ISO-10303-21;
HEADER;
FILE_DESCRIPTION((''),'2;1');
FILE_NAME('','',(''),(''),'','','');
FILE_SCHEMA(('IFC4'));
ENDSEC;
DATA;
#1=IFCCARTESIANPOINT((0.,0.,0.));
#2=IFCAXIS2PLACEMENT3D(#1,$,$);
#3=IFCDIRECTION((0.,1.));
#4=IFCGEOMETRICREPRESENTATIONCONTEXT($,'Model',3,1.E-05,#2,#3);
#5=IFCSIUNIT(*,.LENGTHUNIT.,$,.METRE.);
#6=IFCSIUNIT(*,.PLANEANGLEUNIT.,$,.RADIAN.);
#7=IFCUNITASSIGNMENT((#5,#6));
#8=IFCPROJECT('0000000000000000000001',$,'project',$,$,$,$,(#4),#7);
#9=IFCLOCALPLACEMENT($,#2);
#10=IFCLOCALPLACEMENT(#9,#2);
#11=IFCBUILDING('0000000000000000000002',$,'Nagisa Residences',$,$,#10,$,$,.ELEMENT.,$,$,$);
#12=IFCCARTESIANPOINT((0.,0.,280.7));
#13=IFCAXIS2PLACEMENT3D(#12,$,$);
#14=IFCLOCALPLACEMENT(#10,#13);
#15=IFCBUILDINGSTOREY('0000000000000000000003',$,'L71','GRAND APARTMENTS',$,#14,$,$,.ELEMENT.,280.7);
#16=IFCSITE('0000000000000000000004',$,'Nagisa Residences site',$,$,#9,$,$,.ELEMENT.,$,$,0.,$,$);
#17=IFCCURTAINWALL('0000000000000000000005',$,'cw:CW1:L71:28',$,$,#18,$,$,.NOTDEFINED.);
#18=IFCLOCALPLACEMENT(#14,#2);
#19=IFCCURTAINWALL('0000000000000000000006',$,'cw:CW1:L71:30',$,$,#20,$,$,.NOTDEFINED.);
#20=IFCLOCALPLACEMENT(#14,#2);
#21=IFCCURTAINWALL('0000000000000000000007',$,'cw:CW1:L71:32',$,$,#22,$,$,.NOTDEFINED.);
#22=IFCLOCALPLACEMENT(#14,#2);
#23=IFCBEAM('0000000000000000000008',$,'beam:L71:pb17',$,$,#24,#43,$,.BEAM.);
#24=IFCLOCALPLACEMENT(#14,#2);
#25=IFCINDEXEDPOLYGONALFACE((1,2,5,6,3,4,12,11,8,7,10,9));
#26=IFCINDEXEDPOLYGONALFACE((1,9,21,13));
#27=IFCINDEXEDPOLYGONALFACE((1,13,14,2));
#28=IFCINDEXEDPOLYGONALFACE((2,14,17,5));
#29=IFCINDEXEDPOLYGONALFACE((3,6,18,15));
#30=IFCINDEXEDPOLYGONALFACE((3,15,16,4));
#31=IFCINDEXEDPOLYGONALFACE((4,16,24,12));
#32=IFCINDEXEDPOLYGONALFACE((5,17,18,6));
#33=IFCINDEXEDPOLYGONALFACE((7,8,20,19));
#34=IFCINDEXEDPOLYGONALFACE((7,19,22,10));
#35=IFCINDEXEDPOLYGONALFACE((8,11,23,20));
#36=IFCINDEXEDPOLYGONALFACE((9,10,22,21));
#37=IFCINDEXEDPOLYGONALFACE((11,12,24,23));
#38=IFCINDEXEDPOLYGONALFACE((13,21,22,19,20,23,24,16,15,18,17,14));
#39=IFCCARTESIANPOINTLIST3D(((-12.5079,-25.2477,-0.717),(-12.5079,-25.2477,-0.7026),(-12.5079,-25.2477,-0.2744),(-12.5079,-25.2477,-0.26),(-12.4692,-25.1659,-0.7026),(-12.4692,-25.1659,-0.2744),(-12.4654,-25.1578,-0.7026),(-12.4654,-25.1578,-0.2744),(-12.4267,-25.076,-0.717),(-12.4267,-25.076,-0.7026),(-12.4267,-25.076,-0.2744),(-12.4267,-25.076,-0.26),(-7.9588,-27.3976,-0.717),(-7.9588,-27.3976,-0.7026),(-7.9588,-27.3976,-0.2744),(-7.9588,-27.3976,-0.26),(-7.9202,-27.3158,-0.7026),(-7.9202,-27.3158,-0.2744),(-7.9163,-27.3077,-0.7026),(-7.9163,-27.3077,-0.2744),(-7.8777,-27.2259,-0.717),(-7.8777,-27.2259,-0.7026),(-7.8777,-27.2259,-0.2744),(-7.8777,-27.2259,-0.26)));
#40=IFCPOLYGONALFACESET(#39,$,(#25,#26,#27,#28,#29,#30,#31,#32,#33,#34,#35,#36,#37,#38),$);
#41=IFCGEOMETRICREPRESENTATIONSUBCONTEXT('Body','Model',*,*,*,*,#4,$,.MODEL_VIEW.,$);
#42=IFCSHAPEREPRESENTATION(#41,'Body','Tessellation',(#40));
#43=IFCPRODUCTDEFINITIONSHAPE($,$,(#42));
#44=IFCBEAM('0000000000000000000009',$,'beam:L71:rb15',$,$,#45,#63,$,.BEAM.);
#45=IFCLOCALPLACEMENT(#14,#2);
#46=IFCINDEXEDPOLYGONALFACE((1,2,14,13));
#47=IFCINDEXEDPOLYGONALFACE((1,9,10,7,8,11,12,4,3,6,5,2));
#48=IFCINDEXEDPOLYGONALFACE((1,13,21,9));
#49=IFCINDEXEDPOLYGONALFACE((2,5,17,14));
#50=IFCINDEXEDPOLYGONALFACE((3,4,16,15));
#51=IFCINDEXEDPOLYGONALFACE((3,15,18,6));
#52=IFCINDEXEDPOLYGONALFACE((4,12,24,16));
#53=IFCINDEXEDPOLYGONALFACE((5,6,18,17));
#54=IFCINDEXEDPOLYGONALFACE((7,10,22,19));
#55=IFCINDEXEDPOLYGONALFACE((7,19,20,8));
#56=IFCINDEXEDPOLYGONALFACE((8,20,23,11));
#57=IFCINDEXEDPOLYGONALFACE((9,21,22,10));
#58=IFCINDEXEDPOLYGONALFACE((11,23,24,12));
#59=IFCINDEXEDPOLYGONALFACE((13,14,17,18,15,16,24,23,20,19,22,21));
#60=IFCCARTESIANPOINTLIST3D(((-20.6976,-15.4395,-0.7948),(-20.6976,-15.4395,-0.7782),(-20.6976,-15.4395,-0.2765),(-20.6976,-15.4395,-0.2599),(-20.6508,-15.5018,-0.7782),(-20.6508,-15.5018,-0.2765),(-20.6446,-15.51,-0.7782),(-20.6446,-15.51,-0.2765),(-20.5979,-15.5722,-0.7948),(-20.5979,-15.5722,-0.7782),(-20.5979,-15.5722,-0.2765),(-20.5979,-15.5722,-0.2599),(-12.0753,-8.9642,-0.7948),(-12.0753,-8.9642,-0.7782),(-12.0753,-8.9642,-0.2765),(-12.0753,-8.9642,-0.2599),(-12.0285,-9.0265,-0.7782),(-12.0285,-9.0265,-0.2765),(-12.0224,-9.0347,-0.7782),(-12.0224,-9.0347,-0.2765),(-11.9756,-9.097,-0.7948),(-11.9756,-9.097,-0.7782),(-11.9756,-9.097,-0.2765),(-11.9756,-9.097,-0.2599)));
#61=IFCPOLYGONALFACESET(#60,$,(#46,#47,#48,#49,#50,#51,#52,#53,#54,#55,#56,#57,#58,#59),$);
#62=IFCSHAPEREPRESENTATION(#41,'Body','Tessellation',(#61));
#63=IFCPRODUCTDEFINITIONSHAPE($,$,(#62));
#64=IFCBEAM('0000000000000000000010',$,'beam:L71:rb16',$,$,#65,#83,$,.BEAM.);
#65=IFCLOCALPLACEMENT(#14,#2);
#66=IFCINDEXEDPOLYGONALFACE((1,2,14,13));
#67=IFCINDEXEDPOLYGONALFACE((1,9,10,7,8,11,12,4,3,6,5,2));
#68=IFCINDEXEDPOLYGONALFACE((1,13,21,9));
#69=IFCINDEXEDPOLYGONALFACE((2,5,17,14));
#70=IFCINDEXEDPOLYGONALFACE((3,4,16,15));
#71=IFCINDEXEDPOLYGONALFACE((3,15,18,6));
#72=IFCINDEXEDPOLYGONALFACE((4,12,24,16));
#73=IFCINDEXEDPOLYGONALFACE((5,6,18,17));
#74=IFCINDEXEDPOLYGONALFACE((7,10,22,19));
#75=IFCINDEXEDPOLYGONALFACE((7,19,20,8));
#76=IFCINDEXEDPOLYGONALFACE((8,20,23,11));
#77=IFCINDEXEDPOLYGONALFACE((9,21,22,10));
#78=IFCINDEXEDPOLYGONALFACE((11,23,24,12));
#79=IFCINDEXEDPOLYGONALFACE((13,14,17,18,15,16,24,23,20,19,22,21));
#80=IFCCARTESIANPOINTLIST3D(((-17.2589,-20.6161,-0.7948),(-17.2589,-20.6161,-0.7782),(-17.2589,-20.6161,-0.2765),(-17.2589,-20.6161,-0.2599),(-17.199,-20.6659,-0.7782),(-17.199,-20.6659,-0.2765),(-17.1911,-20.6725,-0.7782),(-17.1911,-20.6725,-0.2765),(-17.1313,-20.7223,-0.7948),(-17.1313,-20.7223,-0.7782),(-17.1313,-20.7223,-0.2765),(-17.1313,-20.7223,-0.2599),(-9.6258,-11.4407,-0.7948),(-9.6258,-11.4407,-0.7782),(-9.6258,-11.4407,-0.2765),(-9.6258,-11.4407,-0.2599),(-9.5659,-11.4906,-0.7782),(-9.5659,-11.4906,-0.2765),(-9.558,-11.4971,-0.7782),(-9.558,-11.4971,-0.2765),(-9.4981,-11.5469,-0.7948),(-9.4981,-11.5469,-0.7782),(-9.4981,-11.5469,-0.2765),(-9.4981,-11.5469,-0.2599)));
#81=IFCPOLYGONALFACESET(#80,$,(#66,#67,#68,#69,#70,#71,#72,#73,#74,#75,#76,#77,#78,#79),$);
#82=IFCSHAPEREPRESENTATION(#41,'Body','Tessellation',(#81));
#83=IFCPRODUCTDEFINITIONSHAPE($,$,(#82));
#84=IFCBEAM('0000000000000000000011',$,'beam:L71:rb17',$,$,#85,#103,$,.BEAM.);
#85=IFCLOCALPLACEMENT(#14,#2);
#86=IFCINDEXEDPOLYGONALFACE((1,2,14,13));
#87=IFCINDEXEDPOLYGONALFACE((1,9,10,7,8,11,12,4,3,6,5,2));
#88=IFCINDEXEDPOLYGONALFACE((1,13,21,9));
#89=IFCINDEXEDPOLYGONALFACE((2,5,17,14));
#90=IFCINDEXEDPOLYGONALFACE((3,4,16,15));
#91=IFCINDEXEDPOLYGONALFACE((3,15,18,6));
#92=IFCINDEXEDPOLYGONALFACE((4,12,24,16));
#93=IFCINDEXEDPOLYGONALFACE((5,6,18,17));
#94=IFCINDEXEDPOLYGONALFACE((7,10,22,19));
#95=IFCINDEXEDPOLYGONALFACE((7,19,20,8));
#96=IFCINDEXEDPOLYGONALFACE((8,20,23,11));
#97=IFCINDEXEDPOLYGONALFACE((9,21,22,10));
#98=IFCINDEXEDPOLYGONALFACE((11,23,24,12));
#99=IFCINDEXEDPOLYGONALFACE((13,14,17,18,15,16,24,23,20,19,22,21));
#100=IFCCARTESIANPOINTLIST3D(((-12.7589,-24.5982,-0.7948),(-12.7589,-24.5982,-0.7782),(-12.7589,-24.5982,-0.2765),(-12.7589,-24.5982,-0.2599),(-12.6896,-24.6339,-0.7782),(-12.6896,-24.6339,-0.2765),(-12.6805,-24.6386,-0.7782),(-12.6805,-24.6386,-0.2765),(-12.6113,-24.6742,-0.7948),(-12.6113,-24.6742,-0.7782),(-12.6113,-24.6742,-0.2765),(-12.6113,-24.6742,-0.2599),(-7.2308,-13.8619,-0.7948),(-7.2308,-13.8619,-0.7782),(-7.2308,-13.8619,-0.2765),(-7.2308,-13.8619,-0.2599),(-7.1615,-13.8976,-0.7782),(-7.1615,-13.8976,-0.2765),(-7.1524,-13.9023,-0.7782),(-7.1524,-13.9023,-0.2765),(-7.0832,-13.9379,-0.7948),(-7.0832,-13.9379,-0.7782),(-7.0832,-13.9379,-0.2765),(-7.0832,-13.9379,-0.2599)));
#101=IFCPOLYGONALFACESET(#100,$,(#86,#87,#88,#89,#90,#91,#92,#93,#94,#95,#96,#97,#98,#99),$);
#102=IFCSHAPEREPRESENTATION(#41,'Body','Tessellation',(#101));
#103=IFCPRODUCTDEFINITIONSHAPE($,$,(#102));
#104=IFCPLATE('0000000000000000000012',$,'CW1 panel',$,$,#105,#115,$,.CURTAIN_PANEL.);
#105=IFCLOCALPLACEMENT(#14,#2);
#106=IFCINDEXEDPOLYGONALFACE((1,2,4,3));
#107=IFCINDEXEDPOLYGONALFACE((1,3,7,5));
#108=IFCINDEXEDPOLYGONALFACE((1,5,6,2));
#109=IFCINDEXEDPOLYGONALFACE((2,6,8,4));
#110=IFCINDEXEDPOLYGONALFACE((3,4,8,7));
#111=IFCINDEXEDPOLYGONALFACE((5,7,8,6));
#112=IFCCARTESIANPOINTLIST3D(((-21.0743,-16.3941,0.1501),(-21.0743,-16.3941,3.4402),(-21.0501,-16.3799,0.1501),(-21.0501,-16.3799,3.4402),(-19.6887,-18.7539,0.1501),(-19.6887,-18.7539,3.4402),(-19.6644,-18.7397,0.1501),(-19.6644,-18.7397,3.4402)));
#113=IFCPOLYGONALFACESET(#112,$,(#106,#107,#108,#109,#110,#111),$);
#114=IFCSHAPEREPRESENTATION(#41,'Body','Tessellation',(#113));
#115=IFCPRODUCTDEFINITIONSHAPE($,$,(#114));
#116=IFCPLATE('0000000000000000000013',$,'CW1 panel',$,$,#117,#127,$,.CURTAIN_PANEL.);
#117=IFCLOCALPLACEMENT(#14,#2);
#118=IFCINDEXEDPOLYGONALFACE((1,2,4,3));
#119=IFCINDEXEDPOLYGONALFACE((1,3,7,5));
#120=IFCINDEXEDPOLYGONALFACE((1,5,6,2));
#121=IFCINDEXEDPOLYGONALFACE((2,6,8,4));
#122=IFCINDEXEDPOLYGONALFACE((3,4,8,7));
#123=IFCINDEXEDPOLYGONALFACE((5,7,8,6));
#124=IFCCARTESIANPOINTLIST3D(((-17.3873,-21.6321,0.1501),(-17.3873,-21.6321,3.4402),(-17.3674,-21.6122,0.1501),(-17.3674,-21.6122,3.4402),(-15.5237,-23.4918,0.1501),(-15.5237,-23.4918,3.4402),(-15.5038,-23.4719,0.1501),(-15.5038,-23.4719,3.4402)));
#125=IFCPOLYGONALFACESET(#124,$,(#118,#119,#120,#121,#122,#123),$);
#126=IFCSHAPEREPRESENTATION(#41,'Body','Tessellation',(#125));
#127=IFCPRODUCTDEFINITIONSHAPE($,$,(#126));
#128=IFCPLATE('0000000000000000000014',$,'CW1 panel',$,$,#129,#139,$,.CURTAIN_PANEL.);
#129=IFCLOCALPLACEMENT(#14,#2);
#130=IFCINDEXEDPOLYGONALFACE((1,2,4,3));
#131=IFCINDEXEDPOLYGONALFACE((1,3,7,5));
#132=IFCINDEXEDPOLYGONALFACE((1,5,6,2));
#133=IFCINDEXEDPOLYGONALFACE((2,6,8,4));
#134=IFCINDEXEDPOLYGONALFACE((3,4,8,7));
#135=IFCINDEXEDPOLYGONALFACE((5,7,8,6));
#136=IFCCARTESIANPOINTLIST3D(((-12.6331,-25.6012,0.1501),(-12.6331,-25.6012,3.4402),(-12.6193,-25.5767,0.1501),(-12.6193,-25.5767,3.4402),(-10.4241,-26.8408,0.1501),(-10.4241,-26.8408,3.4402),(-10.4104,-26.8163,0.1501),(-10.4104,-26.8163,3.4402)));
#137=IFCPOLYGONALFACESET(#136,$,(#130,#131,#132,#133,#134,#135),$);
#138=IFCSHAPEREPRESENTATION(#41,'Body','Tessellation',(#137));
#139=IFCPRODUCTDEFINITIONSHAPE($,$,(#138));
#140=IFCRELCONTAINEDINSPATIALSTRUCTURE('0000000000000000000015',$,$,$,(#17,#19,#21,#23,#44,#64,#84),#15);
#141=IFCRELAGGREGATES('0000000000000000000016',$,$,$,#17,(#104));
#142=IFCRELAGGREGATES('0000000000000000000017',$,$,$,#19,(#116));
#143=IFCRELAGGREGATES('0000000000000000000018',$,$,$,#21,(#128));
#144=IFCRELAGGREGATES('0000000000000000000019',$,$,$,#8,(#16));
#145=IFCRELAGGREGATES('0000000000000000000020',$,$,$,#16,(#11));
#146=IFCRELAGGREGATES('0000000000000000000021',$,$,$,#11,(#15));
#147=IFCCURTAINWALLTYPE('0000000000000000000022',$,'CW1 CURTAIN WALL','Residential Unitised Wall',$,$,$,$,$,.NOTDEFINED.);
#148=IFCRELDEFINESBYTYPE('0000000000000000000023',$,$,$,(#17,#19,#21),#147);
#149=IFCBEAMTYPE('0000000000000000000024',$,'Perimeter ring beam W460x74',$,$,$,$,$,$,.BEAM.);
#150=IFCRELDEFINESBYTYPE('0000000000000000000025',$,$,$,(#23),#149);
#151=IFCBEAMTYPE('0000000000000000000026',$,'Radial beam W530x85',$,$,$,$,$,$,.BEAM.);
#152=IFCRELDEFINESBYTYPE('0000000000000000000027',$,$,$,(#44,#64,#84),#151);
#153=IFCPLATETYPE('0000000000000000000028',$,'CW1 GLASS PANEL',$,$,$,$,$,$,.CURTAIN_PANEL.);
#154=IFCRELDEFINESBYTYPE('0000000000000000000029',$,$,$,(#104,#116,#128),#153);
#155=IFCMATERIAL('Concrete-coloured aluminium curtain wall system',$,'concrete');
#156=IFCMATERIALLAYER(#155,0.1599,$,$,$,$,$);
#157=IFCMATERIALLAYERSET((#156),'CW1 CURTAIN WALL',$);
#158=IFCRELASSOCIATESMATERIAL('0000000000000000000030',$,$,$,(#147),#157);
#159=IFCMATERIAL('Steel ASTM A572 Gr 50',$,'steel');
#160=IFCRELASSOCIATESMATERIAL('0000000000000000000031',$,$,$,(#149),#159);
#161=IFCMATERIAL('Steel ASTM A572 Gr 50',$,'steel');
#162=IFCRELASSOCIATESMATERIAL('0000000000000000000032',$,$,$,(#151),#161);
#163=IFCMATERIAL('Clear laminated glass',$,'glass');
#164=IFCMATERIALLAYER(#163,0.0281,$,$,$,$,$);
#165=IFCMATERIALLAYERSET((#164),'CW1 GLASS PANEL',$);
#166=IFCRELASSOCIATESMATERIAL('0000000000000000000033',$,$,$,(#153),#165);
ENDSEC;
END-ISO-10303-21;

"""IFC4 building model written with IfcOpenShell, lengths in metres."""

from ifc_helpers import new_model, si_unit, direction, frame, origin, origin_2d, place, context, subcontext, project, spatial, rectangle, i_section, extrude, material, layer, layer_set, material_profile, profile_set, type_object, element, aggregate, save


model = new_model("IFC4")

# Units and contexts
model_context = context("Model", 3, precision=1e-05, world=origin(), true_north=direction((0.0, 1.0)))
body_context = subcontext(model_context, "Body", "Model", "MODEL_VIEW")
ifc_project = project(units=[si_unit("LENGTHUNIT", "METRE"), si_unit("PLANEANGLEUNIT", "RADIAN")], contexts=[model_context])

# Site, building, storey
site_placement = place(None, origin())
site = spatial("IfcSite", under=ifc_project, at=site_placement, Name="Nagisa Residences site", CompositionType="ELEMENT", RefElevation=0.0)
building_placement = place(site_placement, origin())
building = spatial("IfcBuilding", under=site, at=building_placement, Name="Nagisa Residences", CompositionType="ELEMENT")
storey_placement = place(building_placement, frame((0.0, 0.0, 280.7)))
storey = spatial("IfcBuildingStorey", under=building, at=storey_placement, Name="L71", Description="GRAND APARTMENTS", CompositionType="ELEMENT", Elevation=280.7)

# Curtain walls
ifc_material_1 = material(Name="Concrete-coloured aluminium curtain wall system", Category="concrete")
ifc_layer_1 = layer(ifc_material_1, 0.1599)
ifc_layer_set_1 = layer_set([ifc_layer_1], Name="CW1 CURTAIN WALL")
curtain_wall_type = type_object("IfcCurtainWallType", Name="CW1 CURTAIN WALL", Description="Residential Unitised Wall", PredefinedType="NOTDEFINED", material=ifc_layer_set_1)
curtain_wall_1_placement = place(storey_placement, origin())
curtain_wall_1 = element("IfcCurtainWall", 1, at=curtain_wall_1_placement, inside=storey, type_object=curtain_wall_type, Name="cw:CW1:L71:28", PredefinedType="NOTDEFINED")
curtain_wall_2_placement = place(storey_placement, origin())
curtain_wall_2 = element("IfcCurtainWall", 2, at=curtain_wall_2_placement, inside=storey, type_object=curtain_wall_type, Name="cw:CW1:L71:30", PredefinedType="NOTDEFINED")
curtain_wall_3_placement = place(storey_placement, origin())
curtain_wall_3 = element("IfcCurtainWall", 3, at=curtain_wall_3_placement, inside=storey, type_object=curtain_wall_type, Name="cw:CW1:L71:32", PredefinedType="NOTDEFINED")

# Beams
ifc_material_2 = material(Name="Steel ASTM A572 Gr 50", Category="steel")
ifc_material_profile_1 = material_profile(ifc_material_2, i_section(OverallWidth=0.1899, OverallDepth=0.457, WebThickness=0.009, FlangeThickness=0.0144, at=origin_2d()), Name="W460x74")
ifc_profile_set_1 = profile_set([ifc_material_profile_1], Name="Steel ASTM A572 Gr 50")
beam_type_1 = type_object("IfcBeamType", Name="Perimeter ring beam W460x74", PredefinedType="BEAM", material=ifc_profile_set_1)
beam_1_placement = place(storey_placement, frame((-12.4673, -25.1619, -0.4885), z_axis=(0.904116, -0.427287, 0.0), x_axis=(0.427287, 0.904116, 0.0)))
element("IfcBeam", 4, at=beam_1_placement, inside=storey, type_object=beam_type_1, Name="beam:L71:pb17", PredefinedType="BEAM", context=body_context, shape_type="SweptSolid", body=[
    extrude(i_section(OverallWidth=0.1899, OverallDepth=0.457, WebThickness=0.009, FlangeThickness=0.0144, at=origin_2d()), origin(), (0.0, 0.0, 1.0), 5.0315),
])
ifc_material_3 = material(Name="Steel ASTM A572 Gr 50", Category="steel")
ifc_material_profile_2 = material_profile(ifc_material_3, i_section(OverallWidth=0.166, OverallDepth=0.5349, WebThickness=0.0103, FlangeThickness=0.0166, at=origin_2d()), Name="W530x85")
ifc_profile_set_2 = profile_set([ifc_material_profile_2], Name="Steel ASTM A572 Gr 50")
beam_type_2 = type_object("IfcBeamType", Name="Radial beam W530x85", PredefinedType="BEAM", material=ifc_profile_set_2)
beam_2_placement = place(storey_placement, frame((-20.6477, -15.5059, -0.5273), z_axis=(0.799617, 0.600511, 0.0), x_axis=(-0.600511, 0.799617, 0.0)))
element("IfcBeam", 5, at=beam_2_placement, inside=storey, type_object=beam_type_2, Name="beam:L71:rb15", PredefinedType="BEAM", context=body_context, shape_type="SweptSolid", body=[
    extrude(i_section(OverallWidth=0.166, OverallDepth=0.5349, WebThickness=0.0103, FlangeThickness=0.0166, at=origin_2d()), origin(), (0.0, 0.0, 1.0), 10.783),
])
beam_3_placement = place(storey_placement, frame((-17.1951, -20.6692, -0.5273), z_axis=(0.63954, 0.768758, 0.0), x_axis=(-0.768758, 0.63954, 0.0)))
element("IfcBeam", 6, at=beam_3_placement, inside=storey, type_object=beam_type_2, Name="beam:L71:rb16", PredefinedType="BEAM", context=body_context, shape_type="SweptSolid", body=[
    extrude(i_section(OverallWidth=0.166, OverallDepth=0.5349, WebThickness=0.0103, FlangeThickness=0.0166, at=origin_2d()), origin(), (0.0, 0.0, 1.0), 11.9353),
])
beam_4_placement = place(storey_placement, frame((-12.6851, -24.6362, -0.5273), z_axis=(0.457776, 0.889068, 0.0), x_axis=(-0.889068, 0.457776, 0.0)))
element("IfcBeam", 7, at=beam_4_placement, inside=storey, type_object=beam_type_2, Name="beam:L71:rb17", PredefinedType="BEAM", context=body_context, shape_type="SweptSolid", body=[
    extrude(i_section(OverallWidth=0.166, OverallDepth=0.5349, WebThickness=0.0103, FlangeThickness=0.0166, at=origin_2d()), origin(), (0.0, 0.0, 1.0), 12.0759),
])

# Plates
ifc_material_4 = material(Name="Clear laminated glass", Category="glass")
ifc_layer_2 = layer(ifc_material_4, 0.0281)
ifc_layer_set_2 = layer_set([ifc_layer_2], Name="CW1 GLASS PANEL")
plate_type = type_object("IfcPlateType", Name="CW1 GLASS PANEL", PredefinedType="CURTAIN_PANEL", material=ifc_layer_set_2)
plate_1_placement = place(storey_placement, frame((-20.3694, -17.5669, 0.1501), z_axis=(0.0, 0.0, 1.0), x_axis=(0.506349, -0.862329, 0.0)))
plate_1 = element("IfcPlate", 8, at=plate_1_placement, type_object=plate_type, Name="CW1 panel", PredefinedType="CURTAIN_PANEL", context=body_context, shape_type="SweptSolid", body=[
    extrude(rectangle(XDim=2.7366, YDim=0.0281, at=origin_2d()), origin(), (0.0, 0.0, 1.0), 3.29),
])
aggregate(curtain_wall_1, [plate_1])
plate_2_placement = place(storey_placement, frame((-16.4456, -22.552, 0.1501), z_axis=(0.0, 0.0, 1.0), x_axis=(0.707836, -0.706377, 0.0)))
plate_2 = element("IfcPlate", 9, at=plate_2_placement, type_object=plate_type, Name="CW1 panel", PredefinedType="CURTAIN_PANEL", context=body_context, shape_type="SweptSolid", body=[
    extrude(rectangle(XDim=2.6328, YDim=0.0281, at=origin_2d()), origin(), (0.0, 0.0, 1.0), 3.29),
])
aggregate(curtain_wall_2, [plate_2])
plate_3_placement = place(storey_placement, frame((-11.5217, -26.2087, 0.1501), z_axis=(0.0, 0.0, 1.0), x_axis=(0.872072, -0.489377, 0.0)))
plate_3 = element("IfcPlate", 10, at=plate_3_placement, type_object=plate_type, Name="CW1 panel", PredefinedType="CURTAIN_PANEL", context=body_context, shape_type="SweptSolid", body=[
    extrude(rectangle(XDim=2.533, YDim=0.0281, at=origin_2d()), origin(), (0.0, 0.0, 1.0), 3.29),
])
aggregate(curtain_wall_3, [plate_3])

save(model, "model.ifc")
